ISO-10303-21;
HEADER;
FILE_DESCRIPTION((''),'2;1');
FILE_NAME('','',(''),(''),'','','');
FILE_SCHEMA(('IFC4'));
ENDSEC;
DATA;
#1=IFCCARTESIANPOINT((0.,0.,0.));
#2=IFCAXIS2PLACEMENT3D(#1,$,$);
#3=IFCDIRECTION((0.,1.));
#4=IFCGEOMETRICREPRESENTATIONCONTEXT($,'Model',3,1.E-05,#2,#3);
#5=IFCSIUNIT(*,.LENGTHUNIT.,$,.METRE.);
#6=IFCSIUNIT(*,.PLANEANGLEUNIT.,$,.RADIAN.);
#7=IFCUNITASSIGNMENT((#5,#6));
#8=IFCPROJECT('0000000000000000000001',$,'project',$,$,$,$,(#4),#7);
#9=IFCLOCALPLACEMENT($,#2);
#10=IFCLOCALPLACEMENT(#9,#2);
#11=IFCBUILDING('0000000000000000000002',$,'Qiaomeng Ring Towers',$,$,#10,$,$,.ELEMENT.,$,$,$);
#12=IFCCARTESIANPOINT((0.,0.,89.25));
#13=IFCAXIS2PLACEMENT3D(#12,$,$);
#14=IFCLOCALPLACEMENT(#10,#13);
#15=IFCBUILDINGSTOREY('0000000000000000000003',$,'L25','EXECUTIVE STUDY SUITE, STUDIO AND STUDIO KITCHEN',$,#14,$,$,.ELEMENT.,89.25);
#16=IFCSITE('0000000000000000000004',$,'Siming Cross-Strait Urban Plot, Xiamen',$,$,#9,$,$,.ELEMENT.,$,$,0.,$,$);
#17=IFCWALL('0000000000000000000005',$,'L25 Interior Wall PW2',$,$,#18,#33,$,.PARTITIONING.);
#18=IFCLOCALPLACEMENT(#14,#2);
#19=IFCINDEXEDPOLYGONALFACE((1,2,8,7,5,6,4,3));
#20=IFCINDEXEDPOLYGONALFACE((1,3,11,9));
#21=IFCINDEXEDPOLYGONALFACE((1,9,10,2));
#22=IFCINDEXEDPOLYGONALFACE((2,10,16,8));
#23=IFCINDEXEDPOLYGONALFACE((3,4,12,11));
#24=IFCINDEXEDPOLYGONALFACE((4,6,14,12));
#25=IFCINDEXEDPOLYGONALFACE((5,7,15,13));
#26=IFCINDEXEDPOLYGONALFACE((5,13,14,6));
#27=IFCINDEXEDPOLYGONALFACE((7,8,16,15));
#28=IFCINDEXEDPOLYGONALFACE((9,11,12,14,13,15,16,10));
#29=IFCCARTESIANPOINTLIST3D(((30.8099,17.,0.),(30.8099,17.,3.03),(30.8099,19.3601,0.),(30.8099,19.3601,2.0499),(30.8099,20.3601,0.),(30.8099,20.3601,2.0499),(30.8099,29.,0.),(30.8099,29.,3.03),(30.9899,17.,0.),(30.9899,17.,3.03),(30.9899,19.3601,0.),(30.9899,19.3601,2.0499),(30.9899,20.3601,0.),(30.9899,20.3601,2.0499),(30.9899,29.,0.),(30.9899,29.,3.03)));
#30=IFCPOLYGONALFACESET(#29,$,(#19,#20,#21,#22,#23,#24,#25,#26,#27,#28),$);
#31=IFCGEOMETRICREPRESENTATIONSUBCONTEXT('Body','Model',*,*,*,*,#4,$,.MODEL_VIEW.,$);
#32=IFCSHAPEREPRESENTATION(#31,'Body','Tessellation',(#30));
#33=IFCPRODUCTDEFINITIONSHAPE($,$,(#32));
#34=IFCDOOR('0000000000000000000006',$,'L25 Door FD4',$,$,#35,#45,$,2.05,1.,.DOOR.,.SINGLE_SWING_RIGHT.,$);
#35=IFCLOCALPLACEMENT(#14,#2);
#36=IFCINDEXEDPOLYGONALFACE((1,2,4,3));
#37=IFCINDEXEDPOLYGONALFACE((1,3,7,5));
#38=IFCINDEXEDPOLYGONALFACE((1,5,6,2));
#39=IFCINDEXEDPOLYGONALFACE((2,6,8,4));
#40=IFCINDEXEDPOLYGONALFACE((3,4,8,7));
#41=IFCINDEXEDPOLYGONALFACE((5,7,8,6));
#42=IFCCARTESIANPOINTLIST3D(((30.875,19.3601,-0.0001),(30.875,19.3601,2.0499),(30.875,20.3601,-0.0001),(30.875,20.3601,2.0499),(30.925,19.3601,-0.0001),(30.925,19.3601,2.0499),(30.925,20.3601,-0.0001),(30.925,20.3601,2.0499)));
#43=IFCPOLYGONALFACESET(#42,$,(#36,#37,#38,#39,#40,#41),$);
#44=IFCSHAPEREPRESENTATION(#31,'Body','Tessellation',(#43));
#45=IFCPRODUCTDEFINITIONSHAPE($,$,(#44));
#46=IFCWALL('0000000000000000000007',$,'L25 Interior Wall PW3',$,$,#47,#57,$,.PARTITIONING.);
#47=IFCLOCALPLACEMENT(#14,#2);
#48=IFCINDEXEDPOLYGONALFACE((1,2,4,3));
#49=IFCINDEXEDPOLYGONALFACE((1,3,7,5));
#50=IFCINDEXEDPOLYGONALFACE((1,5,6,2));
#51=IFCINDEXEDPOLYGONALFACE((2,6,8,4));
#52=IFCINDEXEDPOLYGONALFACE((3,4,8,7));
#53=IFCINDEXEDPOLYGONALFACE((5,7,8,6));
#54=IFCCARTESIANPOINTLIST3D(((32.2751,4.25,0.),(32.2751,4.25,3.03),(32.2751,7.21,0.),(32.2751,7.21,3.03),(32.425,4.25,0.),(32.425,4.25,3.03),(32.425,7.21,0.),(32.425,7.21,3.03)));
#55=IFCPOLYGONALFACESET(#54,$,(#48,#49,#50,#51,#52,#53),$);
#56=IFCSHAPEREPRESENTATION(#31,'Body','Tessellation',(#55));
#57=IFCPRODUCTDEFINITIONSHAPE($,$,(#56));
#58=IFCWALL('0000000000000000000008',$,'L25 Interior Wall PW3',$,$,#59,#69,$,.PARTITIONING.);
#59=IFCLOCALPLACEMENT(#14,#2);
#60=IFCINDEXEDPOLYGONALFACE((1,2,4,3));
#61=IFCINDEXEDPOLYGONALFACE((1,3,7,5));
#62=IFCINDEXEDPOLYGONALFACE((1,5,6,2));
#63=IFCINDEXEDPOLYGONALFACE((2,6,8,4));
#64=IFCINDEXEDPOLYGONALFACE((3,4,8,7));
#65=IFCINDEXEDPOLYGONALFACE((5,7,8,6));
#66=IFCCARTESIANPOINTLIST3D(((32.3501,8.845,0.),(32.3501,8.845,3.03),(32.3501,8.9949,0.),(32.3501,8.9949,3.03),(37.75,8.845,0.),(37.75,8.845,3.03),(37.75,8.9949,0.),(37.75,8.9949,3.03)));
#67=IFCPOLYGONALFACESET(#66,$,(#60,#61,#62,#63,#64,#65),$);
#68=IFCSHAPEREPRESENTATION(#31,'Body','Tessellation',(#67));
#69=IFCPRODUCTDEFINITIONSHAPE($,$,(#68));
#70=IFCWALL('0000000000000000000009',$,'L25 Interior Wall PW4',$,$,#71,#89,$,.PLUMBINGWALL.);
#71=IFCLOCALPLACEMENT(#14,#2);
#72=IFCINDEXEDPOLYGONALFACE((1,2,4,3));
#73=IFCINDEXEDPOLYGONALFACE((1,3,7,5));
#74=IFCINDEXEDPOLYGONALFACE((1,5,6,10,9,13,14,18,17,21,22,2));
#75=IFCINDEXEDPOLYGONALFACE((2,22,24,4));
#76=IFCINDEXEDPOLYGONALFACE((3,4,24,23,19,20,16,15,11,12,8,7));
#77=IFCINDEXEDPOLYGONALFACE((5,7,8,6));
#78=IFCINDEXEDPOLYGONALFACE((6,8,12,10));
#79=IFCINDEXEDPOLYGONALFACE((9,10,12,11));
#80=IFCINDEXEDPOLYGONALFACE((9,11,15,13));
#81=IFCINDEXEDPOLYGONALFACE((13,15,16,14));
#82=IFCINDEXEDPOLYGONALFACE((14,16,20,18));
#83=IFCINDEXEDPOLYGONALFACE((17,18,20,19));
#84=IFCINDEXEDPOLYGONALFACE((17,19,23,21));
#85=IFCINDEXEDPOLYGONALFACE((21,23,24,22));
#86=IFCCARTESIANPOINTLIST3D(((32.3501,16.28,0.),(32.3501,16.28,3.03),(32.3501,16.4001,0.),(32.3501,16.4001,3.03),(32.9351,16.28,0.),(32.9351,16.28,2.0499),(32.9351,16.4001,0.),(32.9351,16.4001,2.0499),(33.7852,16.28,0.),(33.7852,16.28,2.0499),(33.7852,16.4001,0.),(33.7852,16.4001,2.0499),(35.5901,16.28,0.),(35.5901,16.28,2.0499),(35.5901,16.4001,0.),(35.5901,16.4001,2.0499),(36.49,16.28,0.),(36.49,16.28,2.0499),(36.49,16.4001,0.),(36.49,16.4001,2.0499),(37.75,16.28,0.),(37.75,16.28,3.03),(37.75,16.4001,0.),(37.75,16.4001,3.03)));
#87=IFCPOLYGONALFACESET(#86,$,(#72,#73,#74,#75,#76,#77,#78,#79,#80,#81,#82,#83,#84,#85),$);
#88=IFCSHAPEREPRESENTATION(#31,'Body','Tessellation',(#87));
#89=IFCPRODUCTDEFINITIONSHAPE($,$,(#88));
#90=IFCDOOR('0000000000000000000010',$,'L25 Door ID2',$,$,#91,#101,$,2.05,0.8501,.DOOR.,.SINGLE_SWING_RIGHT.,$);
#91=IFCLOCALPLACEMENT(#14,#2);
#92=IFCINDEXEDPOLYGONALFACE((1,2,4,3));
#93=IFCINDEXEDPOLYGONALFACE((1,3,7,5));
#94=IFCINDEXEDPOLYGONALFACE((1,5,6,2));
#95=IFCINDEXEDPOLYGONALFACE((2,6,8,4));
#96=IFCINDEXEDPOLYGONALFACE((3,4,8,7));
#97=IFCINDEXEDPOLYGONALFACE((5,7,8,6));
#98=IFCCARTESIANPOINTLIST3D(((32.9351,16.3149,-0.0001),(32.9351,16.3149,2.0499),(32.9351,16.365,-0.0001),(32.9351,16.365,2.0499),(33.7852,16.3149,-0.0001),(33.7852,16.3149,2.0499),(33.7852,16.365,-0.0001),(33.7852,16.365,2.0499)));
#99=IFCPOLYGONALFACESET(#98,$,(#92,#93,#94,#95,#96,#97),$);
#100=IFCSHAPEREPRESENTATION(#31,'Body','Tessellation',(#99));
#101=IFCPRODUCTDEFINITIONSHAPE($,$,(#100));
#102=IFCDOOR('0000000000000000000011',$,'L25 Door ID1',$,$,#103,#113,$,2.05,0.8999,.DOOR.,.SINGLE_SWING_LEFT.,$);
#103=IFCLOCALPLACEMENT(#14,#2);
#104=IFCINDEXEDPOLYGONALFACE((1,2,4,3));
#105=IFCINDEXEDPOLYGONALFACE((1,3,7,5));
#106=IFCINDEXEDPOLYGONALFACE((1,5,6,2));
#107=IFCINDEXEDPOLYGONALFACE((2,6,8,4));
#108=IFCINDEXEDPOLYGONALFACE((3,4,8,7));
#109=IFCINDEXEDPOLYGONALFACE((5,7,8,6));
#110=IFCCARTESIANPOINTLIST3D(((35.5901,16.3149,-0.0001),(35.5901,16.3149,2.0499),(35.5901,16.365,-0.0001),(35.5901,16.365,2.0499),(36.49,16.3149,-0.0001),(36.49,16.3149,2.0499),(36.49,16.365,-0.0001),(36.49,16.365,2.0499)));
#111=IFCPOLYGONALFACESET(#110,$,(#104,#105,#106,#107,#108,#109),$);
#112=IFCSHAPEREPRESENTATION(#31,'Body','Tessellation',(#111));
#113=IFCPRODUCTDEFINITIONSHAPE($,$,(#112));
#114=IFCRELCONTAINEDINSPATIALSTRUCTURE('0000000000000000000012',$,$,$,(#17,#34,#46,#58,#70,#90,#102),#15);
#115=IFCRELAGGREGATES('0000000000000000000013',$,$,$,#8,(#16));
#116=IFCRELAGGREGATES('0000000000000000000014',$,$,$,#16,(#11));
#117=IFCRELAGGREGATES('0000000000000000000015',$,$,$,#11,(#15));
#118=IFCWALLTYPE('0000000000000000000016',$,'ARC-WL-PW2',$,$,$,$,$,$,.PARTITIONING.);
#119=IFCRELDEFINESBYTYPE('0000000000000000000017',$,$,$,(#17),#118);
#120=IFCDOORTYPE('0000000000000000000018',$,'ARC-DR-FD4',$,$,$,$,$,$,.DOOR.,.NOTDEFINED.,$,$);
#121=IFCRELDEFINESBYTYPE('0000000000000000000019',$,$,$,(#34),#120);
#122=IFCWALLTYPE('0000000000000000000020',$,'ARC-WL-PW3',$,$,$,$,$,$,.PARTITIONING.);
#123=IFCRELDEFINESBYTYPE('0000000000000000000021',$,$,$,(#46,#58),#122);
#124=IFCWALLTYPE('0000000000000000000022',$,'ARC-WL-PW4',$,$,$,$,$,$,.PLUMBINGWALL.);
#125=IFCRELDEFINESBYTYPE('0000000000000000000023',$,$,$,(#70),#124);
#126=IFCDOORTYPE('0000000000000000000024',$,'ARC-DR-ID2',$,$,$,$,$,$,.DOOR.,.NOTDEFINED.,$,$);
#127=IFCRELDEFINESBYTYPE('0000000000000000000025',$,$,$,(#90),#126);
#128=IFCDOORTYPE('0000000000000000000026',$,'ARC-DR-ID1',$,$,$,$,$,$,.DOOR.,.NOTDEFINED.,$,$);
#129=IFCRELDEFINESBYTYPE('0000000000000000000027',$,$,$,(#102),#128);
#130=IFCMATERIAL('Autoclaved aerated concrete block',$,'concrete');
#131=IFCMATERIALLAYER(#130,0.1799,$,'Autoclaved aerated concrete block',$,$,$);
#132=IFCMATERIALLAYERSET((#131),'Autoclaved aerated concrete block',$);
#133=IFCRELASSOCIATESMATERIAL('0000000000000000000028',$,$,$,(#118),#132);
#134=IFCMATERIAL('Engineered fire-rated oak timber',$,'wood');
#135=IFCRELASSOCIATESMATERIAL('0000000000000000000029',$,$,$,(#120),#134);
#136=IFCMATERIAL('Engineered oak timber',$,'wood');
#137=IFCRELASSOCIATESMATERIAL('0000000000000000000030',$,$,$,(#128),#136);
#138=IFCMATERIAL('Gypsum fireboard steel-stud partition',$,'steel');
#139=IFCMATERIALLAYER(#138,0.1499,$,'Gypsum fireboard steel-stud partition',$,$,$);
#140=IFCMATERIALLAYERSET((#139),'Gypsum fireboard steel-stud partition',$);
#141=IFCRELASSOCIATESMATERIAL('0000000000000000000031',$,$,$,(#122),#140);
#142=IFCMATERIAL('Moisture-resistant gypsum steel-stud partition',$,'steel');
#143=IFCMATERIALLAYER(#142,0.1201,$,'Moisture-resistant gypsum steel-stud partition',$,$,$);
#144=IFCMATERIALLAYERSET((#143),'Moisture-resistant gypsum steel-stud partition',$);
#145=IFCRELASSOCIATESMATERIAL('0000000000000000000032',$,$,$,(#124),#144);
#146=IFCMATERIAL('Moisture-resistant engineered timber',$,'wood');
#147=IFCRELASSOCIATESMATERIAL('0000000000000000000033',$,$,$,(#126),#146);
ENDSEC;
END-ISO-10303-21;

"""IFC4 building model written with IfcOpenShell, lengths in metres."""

from ifc_helpers import new_model, si_unit, direction, frame, frame_2d, origin, place, context, subcontext, project, spatial, rectangle, extrude, source, transform, mapped, material, layer, layer_set, type_object, element, fill, save


model = new_model("IFC4")

# Units and contexts
model_context = context("Model", 3, precision=1e-05, world=origin(), true_north=direction((0.0, 1.0)))
body_context = subcontext(model_context, "Body", "Model", "MODEL_VIEW")
ifc_project = project(units=[si_unit("LENGTHUNIT", "METRE"), si_unit("PLANEANGLEUNIT", "RADIAN")], contexts=[model_context])

# Site, building, storey
site_placement = place(None, origin())
site = spatial("IfcSite", under=ifc_project, at=site_placement, Name="Siming Cross-Strait Urban Plot, Xiamen", CompositionType="ELEMENT", RefElevation=0.0)
building_placement = place(site_placement, origin())
building = spatial("IfcBuilding", under=site, at=building_placement, Name="Qiaomeng Ring Towers", CompositionType="ELEMENT")
storey_placement = place(building_placement, frame((0.0, 0.0, 89.25)))
storey = spatial("IfcBuildingStorey", under=building, at=storey_placement, Name="L25", Description="EXECUTIVE STUDY SUITE, STUDIO AND STUDIO KITCHEN", CompositionType="ELEMENT", Elevation=89.25)

# Shared definitions
ifc_material_1 = material(Name="Autoclaved aerated concrete block", Category="concrete")

# Shared definitions
ifc_layer_1 = layer(ifc_material_1, 0.1799, Name="Autoclaved aerated concrete block")
ifc_layer_set_1 = layer_set([ifc_layer_1], Name="Autoclaved aerated concrete block")
wall_type_1 = type_object("IfcWallType", Name="ARC-WL-PW2", PredefinedType="PARTITIONING", material=ifc_layer_set_1)
ifc_material_2 = material(Name="Engineered fire-rated oak timber", Category="wood")
door_type_1 = type_object("IfcDoorType", Name="ARC-DR-FD4", OperationType="NOTDEFINED", PredefinedType="DOOR", material=ifc_material_2)
shared_shape_1 = source(origin(), body_context, "Body", "SweptSolid", [
    extrude(rectangle(XDim=1.0, YDim=2.05, at=frame_2d((0.5, 1.0249))), frame((0.0, 0.0249, 0.0), z_axis=(0.0, -1.0, 0.0), x_axis=(1.0, 0.0, 0.0)), (0.0, 0.0, 1.0), 0.05),
])
ifc_material_3 = material(Name="Engineered oak timber", Category="wood")
door_type_2 = type_object("IfcDoorType", Name="ARC-DR-ID1", OperationType="NOTDEFINED", PredefinedType="DOOR", material=ifc_material_3)
shared_shape_2 = source(origin(), body_context, "Body", "SweptSolid", [
    extrude(rectangle(XDim=0.8999, YDim=2.05, at=frame_2d((0.45, 1.0249))), frame((0.0, 0.0249, 0.0), z_axis=(0.0, -1.0, 0.0), x_axis=(1.0, 0.0, 0.0)), (0.0, 0.0, 1.0), 0.05),
])

# Wall, opening, door
wall_1_placement = place(storey_placement, frame((30.8999, 17.0, 0.0), z_axis=(0.0, 0.0, 1.0), x_axis=(0.0, 1.0, 0.0)))
wall_1 = element("IfcWall", 1, at=wall_1_placement, inside=storey, type_object=wall_type_1, Name="L25 Interior Wall PW2", PredefinedType="PARTITIONING", context=body_context, shape_type="SweptSolid", body=[
    extrude(rectangle(XDim=12.0, YDim=0.1799, at=frame_2d((6.0, 0.0))), origin(), (0.0, 0.0, 1.0), 3.03),
])
opening_1_placement = place(wall_1_placement, frame((2.3601, 0.0, 0.0)))
opening_1 = element("IfcOpeningElement", 2, at=opening_1_placement, cuts=wall_1, PredefinedType="OPENING", context=body_context, shape_type="SweptSolid", body=[
    extrude(rectangle(XDim=1.0, YDim=2.05, at=frame_2d((0.5, 1.0249))), frame((0.0, 0.0999, 0.0), z_axis=(0.0, -1.0, 0.0), x_axis=(1.0, 0.0, 0.0)), (0.0, 0.0, 1.0), 0.2),
])
door_1_placement = place(opening_1_placement, origin())
door_1 = element("IfcDoor", 3, at=door_1_placement, inside=storey, type_object=door_type_1, Name="L25 Door FD4", OperationType="SINGLE_SWING_RIGHT", OverallHeight=2.05, OverallWidth=1.0, PredefinedType="DOOR", context=body_context, shape_type="MappedRepresentation", body=[
    mapped(shared_shape_1, transform((0.0, 0.0, 0.0), x_axis=(1.0, 0.0, 0.0), y_axis=(0.0, 1.0, 0.0), z_axis=(0.0, 0.0, 1.0), scale=1.0)),
])
fill(opening_1, door_1)

# Walls
ifc_material_4 = material(Name="Gypsum fireboard steel-stud partition", Category="steel")
ifc_layer_2 = layer(ifc_material_4, 0.1499, Name="Gypsum fireboard steel-stud partition")
ifc_layer_set_2 = layer_set([ifc_layer_2], Name="Gypsum fireboard steel-stud partition")
wall_type_2 = type_object("IfcWallType", Name="ARC-WL-PW3", PredefinedType="PARTITIONING", material=ifc_layer_set_2)
wall_2_placement = place(storey_placement, frame((32.3501, 4.25, 0.0), z_axis=(0.0, 0.0, 1.0), x_axis=(0.0, 1.0, 0.0)))
element("IfcWall", 4, at=wall_2_placement, inside=storey, type_object=wall_type_2, Name="L25 Interior Wall PW3", PredefinedType="PARTITIONING", context=body_context, shape_type="SweptSolid", body=[
    extrude(rectangle(XDim=2.96, YDim=0.1499, at=frame_2d((1.48, 0.0))), origin(), (0.0, 0.0, 1.0), 3.03),
])
wall_3_placement = place(storey_placement, frame((32.3501, 8.9199, 0.0), z_axis=(0.0, 0.0, 1.0), x_axis=(1.0, 0.0, 0.0)))
element("IfcWall", 5, at=wall_3_placement, inside=storey, type_object=wall_type_2, Name="L25 Interior Wall PW3", PredefinedType="PARTITIONING", context=body_context, shape_type="SweptSolid", body=[
    extrude(rectangle(XDim=5.3999, YDim=0.1499, at=frame_2d((2.7, 0.0))), origin(), (0.0, 0.0, 1.0), 3.03),
])

# Wall, openings, doors
ifc_material_5 = material(Name="Moisture-resistant gypsum steel-stud partition", Category="steel")
ifc_layer_3 = layer(ifc_material_5, 0.1201, Name="Moisture-resistant gypsum steel-stud partition")
ifc_layer_set_3 = layer_set([ifc_layer_3], Name="Moisture-resistant gypsum steel-stud partition")
wall_type_3 = type_object("IfcWallType", Name="ARC-WL-PW4", PredefinedType="PLUMBINGWALL", material=ifc_layer_set_3)
wall_4_placement = place(storey_placement, frame((32.3501, 16.3401, 0.0), z_axis=(0.0, 0.0, 1.0), x_axis=(1.0, 0.0, 0.0)))
wall_4 = element("IfcWall", 6, at=wall_4_placement, inside=storey, type_object=wall_type_3, Name="L25 Interior Wall PW4", PredefinedType="PLUMBINGWALL", context=body_context, shape_type="SweptSolid", body=[
    extrude(rectangle(XDim=5.3999, YDim=0.1201, at=frame_2d((2.7, 0.0))), origin(), (0.0, 0.0, 1.0), 3.03),
])
opening_2_placement = place(wall_4_placement, frame((0.585, 0.0, 0.0)))
opening_2 = element("IfcOpeningElement", 7, at=opening_2_placement, cuts=wall_4, PredefinedType="OPENING", context=body_context, shape_type="SweptSolid", body=[
    extrude(rectangle(XDim=0.8501, YDim=2.05, at=frame_2d((0.425, 1.0249))), frame((0.0, 0.0701, 0.0), z_axis=(0.0, -1.0, 0.0), x_axis=(1.0, 0.0, 0.0)), (0.0, 0.0, 1.0), 0.1401),
])
opening_3_placement = place(wall_4_placement, frame((3.24, 0.0, 0.0)))
opening_3 = element("IfcOpeningElement", 8, at=opening_3_placement, cuts=wall_4, PredefinedType="OPENING", context=body_context, shape_type="SweptSolid", body=[
    extrude(rectangle(XDim=0.8999, YDim=2.05, at=frame_2d((0.45, 1.0249))), frame((0.0, 0.0701, 0.0), z_axis=(0.0, -1.0, 0.0), x_axis=(1.0, 0.0, 0.0)), (0.0, 0.0, 1.0), 0.1401),
])
ifc_material_6 = material(Name="Moisture-resistant engineered timber", Category="wood")
door_type_3 = type_object("IfcDoorType", Name="ARC-DR-ID2", OperationType="NOTDEFINED", PredefinedType="DOOR", material=ifc_material_6)
shared_shape_3 = source(origin(), body_context, "Body", "SweptSolid", [
    extrude(rectangle(XDim=0.8501, YDim=2.05, at=frame_2d((0.425, 1.0249))), frame((0.0, 0.0249, 0.0), z_axis=(0.0, -1.0, 0.0), x_axis=(1.0, 0.0, 0.0)), (0.0, 0.0, 1.0), 0.05),
])
door_2_placement = place(opening_2_placement, origin())
door_2 = element("IfcDoor", 9, at=door_2_placement, inside=storey, type_object=door_type_3, Name="L25 Door ID2", OperationType="SINGLE_SWING_RIGHT", OverallHeight=2.05, OverallWidth=0.8501, PredefinedType="DOOR", context=body_context, shape_type="MappedRepresentation", body=[
    mapped(shared_shape_3, transform((0.0, 0.0, 0.0), x_axis=(1.0, 0.0, 0.0), y_axis=(0.0, 1.0, 0.0), z_axis=(0.0, 0.0, 1.0), scale=1.0)),
])
fill(opening_2, door_2)
door_3_placement = place(opening_3_placement, origin())
door_3 = element("IfcDoor", 10, at=door_3_placement, inside=storey, type_object=door_type_2, Name="L25 Door ID1", OperationType="SINGLE_SWING_LEFT", OverallHeight=2.05, OverallWidth=0.8999, PredefinedType="DOOR", context=body_context, shape_type="MappedRepresentation", body=[
    mapped(shared_shape_2, transform((0.0, 0.0, 0.0), x_axis=(1.0, 0.0, 0.0), y_axis=(0.0, 1.0, 0.0), z_axis=(0.0, 0.0, 1.0), scale=1.0)),
])
fill(opening_3, door_3)

save(model, "model.ifc")
